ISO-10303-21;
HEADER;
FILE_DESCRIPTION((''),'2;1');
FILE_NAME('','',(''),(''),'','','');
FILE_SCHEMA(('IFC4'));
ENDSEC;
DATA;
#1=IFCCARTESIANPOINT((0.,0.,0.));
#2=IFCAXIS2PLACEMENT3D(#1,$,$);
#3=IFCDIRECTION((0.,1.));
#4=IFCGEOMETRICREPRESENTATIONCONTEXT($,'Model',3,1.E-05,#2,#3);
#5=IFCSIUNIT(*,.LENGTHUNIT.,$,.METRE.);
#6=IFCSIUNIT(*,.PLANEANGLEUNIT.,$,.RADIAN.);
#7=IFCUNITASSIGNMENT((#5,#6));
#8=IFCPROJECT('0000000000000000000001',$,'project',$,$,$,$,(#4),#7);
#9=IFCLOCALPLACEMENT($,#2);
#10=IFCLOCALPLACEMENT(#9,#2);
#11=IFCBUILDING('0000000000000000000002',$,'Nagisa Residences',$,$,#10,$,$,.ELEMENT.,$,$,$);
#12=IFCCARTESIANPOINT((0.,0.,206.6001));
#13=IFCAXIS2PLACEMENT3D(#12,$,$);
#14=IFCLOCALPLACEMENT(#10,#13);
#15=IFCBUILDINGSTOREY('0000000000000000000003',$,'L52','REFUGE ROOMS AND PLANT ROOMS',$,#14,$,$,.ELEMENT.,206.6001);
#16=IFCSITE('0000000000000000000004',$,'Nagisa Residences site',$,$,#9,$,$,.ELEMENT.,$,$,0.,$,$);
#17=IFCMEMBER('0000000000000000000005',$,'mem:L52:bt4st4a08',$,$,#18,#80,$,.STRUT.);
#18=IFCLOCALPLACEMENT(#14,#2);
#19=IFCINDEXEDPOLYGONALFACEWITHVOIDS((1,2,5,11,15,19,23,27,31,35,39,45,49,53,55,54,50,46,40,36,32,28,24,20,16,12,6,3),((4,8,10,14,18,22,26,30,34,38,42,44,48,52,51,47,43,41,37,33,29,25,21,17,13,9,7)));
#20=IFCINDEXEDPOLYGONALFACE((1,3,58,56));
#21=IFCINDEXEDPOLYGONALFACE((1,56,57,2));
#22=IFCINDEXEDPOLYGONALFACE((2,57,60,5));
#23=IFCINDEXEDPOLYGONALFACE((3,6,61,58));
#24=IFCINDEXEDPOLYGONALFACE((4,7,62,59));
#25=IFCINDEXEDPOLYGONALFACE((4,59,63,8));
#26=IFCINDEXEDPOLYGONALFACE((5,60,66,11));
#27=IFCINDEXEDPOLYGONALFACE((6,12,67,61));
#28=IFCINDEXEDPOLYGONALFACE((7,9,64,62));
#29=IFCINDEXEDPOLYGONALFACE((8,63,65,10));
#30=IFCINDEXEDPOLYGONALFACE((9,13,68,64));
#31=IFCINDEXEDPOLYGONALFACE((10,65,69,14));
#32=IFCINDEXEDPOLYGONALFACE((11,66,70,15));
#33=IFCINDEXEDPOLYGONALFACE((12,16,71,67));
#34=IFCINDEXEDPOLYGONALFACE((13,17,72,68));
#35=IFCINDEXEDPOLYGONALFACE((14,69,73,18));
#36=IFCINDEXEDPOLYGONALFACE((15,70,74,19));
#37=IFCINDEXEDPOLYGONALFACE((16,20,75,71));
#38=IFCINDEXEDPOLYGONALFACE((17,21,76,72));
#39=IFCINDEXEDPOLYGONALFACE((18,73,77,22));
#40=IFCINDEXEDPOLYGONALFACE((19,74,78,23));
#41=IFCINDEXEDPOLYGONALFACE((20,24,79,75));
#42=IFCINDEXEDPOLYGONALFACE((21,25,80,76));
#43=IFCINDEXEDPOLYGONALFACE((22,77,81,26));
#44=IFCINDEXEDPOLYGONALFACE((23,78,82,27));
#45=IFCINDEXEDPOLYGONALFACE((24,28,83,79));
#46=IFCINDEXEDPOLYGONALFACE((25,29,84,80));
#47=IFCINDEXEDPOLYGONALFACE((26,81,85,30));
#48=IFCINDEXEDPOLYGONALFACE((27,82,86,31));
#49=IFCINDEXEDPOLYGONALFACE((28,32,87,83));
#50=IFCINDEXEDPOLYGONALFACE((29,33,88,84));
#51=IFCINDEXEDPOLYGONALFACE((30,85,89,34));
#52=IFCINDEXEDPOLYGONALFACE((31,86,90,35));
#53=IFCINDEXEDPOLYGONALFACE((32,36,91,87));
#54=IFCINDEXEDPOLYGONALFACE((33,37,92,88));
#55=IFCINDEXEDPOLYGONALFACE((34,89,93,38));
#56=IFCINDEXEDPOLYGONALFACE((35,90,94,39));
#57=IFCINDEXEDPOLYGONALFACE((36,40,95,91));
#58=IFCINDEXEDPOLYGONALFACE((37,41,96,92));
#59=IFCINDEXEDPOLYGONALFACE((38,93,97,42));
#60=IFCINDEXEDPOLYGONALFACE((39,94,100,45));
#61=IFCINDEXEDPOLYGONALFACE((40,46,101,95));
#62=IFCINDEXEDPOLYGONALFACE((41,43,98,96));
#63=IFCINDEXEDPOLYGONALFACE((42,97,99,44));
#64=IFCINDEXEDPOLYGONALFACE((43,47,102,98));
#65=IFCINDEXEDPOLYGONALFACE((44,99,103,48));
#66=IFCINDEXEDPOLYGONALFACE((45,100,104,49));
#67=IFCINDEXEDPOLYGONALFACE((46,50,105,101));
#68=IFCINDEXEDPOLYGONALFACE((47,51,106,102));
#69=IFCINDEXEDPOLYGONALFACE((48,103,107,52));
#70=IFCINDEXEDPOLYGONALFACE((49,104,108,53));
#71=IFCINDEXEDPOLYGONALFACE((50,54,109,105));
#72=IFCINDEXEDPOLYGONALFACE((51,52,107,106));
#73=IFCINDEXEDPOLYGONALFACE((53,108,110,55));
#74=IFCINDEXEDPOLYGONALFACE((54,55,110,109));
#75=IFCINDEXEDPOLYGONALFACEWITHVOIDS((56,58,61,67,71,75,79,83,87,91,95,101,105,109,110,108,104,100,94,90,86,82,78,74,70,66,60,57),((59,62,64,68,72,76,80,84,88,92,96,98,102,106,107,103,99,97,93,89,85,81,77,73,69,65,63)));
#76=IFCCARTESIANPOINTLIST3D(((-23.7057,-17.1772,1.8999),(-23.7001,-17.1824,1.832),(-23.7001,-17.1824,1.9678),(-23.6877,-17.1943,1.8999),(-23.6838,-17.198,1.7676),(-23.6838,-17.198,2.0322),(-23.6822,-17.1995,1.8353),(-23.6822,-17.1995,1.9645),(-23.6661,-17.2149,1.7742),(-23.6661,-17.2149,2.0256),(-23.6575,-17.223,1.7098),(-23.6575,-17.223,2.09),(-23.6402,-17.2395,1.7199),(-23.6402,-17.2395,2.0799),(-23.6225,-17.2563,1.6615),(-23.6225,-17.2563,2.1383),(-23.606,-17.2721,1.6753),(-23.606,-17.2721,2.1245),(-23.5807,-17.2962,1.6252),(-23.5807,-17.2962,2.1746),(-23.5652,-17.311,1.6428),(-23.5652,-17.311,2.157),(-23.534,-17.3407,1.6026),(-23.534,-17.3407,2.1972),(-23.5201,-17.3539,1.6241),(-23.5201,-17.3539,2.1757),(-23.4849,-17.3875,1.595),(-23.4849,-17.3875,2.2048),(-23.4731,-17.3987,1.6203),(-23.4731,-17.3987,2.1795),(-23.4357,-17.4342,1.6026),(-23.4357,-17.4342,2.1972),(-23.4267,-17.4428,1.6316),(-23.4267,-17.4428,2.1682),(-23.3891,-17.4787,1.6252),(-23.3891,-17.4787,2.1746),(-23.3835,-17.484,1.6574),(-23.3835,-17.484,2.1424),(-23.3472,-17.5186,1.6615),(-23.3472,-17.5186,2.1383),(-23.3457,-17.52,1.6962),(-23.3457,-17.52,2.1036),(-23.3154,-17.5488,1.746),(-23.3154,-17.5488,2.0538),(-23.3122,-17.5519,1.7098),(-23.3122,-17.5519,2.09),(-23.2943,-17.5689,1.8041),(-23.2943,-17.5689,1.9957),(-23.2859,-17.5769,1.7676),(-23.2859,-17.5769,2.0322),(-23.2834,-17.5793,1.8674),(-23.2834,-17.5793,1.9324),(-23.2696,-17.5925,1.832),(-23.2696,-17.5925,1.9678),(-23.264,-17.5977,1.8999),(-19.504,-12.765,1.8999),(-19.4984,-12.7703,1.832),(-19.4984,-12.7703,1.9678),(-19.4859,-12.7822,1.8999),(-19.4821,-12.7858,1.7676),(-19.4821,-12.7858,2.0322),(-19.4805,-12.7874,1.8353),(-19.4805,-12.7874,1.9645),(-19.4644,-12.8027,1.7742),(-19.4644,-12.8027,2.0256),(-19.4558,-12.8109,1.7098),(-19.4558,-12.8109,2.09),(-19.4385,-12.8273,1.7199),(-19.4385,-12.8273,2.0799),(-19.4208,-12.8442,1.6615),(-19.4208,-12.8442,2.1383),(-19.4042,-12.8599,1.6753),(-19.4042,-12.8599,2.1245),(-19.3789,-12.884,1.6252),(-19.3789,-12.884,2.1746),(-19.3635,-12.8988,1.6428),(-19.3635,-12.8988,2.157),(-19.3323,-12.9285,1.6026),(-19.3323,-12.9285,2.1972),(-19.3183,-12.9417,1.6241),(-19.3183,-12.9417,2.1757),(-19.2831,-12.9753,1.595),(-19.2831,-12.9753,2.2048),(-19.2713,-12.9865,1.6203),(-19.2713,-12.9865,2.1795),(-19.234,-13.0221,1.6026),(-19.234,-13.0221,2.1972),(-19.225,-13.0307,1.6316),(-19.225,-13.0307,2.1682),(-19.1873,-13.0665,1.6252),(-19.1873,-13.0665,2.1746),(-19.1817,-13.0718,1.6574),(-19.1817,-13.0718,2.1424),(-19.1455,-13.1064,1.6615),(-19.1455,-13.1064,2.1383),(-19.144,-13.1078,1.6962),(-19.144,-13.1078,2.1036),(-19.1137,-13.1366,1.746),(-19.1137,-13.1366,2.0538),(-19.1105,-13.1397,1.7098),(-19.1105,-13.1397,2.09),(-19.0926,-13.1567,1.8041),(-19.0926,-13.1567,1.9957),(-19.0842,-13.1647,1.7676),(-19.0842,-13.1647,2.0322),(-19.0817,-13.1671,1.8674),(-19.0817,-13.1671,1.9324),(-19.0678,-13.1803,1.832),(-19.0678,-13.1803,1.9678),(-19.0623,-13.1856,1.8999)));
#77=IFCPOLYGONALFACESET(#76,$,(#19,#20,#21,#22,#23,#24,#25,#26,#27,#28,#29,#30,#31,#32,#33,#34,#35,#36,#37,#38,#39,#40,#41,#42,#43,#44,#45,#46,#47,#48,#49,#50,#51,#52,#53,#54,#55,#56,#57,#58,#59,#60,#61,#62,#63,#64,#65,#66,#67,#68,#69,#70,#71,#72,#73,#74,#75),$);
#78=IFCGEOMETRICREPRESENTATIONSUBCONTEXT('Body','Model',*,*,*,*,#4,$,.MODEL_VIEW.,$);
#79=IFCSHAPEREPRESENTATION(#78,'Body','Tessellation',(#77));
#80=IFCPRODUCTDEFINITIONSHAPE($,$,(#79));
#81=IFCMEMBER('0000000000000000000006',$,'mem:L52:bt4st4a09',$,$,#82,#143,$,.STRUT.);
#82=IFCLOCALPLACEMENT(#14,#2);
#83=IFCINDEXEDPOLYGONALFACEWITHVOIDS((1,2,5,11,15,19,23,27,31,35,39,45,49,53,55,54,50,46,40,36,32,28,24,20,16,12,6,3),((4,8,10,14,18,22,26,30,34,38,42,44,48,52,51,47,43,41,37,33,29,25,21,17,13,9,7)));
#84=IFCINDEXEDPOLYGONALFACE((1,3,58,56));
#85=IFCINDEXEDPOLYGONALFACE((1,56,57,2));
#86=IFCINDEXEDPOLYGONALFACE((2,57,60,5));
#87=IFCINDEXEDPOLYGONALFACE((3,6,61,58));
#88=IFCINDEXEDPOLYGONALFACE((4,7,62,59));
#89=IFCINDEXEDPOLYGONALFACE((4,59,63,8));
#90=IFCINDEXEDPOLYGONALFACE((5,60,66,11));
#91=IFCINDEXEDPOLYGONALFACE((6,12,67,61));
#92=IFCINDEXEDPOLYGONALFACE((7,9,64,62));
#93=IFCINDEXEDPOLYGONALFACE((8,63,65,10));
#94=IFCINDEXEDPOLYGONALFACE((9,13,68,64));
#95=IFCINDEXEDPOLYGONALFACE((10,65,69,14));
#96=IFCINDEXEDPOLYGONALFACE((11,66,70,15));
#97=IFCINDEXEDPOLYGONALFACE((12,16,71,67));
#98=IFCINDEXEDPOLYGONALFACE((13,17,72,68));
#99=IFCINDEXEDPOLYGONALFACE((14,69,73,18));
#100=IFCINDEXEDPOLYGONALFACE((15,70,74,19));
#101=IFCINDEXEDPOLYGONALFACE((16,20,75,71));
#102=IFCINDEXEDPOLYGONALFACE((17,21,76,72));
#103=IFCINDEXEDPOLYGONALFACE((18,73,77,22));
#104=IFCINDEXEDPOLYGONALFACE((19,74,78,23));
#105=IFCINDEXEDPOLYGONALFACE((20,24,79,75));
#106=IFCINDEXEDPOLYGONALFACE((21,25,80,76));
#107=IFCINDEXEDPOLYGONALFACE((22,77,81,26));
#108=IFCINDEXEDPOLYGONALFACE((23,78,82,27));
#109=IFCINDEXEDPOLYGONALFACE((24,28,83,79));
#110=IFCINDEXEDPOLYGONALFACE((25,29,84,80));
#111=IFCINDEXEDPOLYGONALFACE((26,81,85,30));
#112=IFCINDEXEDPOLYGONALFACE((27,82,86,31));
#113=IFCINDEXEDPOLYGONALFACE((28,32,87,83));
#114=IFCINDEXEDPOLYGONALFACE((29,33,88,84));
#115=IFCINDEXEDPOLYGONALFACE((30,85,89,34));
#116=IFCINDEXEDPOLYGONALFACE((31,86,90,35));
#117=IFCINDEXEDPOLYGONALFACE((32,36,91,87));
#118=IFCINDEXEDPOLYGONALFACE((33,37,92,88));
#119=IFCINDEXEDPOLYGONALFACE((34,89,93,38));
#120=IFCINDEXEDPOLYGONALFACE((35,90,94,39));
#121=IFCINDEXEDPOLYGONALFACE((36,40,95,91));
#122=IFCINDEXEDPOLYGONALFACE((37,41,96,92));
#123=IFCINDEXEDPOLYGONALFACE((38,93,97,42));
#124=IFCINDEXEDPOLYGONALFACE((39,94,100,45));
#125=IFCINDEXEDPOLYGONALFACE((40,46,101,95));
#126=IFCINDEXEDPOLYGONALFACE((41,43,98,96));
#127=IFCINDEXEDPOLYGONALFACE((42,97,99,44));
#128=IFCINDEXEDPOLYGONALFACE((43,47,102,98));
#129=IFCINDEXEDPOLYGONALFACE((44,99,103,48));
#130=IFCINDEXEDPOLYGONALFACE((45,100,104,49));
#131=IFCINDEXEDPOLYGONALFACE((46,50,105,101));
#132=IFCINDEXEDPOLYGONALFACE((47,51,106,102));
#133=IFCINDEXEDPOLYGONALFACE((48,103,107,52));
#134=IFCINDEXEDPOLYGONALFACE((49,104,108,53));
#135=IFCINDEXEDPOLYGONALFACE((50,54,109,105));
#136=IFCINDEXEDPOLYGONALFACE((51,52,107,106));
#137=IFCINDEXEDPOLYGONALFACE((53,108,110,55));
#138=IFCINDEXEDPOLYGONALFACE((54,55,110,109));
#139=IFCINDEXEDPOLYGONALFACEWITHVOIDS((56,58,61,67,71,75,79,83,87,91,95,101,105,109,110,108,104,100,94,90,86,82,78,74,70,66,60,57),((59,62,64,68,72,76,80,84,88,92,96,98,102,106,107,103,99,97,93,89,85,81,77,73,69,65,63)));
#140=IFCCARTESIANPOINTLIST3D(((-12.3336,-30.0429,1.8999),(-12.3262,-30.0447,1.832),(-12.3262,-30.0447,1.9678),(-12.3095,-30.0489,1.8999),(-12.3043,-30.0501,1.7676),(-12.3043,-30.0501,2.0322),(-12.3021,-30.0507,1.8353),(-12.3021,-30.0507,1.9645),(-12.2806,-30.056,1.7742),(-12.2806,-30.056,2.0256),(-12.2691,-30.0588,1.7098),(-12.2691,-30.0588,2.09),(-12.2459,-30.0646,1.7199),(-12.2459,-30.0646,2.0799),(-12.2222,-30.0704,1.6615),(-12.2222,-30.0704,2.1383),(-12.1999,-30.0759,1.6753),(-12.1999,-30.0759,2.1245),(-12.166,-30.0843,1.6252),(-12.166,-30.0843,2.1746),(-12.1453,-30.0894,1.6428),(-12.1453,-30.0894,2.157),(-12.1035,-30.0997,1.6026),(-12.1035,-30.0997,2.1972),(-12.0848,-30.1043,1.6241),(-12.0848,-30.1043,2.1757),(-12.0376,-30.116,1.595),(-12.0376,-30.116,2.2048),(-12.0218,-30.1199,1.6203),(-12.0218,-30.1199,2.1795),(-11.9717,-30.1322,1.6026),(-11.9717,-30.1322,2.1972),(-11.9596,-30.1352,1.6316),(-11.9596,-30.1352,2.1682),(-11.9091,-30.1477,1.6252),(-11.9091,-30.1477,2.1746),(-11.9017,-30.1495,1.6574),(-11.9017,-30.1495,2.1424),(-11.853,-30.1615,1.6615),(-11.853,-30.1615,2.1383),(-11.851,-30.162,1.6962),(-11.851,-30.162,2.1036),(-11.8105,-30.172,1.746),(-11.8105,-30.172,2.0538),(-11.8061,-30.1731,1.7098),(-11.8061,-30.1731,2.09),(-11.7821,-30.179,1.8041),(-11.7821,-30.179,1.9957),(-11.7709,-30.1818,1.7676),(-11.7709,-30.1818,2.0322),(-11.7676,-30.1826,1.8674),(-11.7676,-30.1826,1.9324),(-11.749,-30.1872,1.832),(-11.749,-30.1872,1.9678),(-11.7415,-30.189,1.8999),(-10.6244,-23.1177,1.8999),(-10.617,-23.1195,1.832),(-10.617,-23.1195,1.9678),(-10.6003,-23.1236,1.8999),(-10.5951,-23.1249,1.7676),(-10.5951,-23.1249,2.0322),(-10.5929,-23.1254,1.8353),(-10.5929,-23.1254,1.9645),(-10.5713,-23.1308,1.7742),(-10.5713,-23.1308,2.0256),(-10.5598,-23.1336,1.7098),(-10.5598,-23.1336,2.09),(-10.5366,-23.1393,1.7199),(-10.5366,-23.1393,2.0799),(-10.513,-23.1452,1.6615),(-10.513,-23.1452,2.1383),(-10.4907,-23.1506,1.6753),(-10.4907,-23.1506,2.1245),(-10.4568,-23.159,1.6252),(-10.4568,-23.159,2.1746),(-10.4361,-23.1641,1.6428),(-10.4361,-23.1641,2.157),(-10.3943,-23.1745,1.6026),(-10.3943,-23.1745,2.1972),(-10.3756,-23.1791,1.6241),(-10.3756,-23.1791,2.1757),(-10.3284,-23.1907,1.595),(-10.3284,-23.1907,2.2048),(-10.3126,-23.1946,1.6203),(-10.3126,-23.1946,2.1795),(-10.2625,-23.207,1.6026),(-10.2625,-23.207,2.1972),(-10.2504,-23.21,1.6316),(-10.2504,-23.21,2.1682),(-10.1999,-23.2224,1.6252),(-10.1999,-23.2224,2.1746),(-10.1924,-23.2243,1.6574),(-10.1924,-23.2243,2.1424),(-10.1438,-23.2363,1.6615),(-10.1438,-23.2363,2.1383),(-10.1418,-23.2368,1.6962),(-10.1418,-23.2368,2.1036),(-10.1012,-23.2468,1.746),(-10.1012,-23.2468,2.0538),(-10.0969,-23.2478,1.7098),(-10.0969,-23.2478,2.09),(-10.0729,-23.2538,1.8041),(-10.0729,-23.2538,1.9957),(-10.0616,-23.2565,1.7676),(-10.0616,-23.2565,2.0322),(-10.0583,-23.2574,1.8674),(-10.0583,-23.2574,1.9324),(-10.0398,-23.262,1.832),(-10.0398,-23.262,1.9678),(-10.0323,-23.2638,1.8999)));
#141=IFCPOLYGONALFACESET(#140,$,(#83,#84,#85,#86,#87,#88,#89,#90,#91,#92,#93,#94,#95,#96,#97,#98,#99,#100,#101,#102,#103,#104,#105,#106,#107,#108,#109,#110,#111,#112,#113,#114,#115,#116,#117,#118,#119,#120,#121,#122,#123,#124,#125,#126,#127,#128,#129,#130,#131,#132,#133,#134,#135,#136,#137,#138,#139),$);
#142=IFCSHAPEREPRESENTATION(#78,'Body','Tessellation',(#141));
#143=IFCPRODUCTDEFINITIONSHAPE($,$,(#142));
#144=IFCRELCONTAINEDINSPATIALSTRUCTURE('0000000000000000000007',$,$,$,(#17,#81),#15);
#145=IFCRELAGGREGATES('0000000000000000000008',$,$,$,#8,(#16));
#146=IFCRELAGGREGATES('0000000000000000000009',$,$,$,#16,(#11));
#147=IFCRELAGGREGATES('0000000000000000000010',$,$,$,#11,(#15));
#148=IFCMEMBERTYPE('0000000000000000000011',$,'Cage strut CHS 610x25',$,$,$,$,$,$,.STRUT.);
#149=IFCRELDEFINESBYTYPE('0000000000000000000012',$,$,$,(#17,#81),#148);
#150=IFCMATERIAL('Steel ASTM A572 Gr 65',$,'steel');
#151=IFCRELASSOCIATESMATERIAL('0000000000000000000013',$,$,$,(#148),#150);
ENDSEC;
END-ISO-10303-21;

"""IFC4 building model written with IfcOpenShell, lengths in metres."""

from ifc_helpers import new_model, si_unit, direction, frame, origin, origin_2d, place, context, subcontext, project, spatial, hollow_circle, extrude, material, material_profile, profile_set, type_object, element, save


model = new_model("IFC4")

# Units and contexts
model_context = context("Model", 3, precision=1e-05, world=origin(), true_north=direction((0.0, 1.0)))
body_context = subcontext(model_context, "Body", "Model", "MODEL_VIEW")
ifc_project = project(units=[si_unit("LENGTHUNIT", "METRE"), si_unit("PLANEANGLEUNIT", "RADIAN")], contexts=[model_context])

# Site, building, storey
site_placement = place(None, origin())
site = spatial("IfcSite", under=ifc_project, at=site_placement, Name="Nagisa Residences site", CompositionType="ELEMENT", RefElevation=0.0)
building_placement = place(site_placement, origin())
building = spatial("IfcBuilding", under=site, at=building_placement, Name="Nagisa Residences", CompositionType="ELEMENT")
storey_placement = place(building_placement, frame((0.0, 0.0, 206.6001)))
storey = spatial("IfcBuildingStorey", under=building, at=storey_placement, Name="L52", Description="REFUGE ROOMS AND PLANT ROOMS", CompositionType="ELEMENT", Elevation=206.6001)

# Members
ifc_material_1 = material(Name="Steel ASTM A572 Gr 65", Category="steel")
ifc_material_profile_1 = material_profile(ifc_material_1, hollow_circle(Radius=0.3049, WallThickness=0.0249, at=origin_2d()), Name="CHS 610x25")
ifc_profile_set_1 = profile_set([ifc_material_profile_1], Name="Steel ASTM A572 Gr 65")
member_type_1 = type_object("IfcMemberType", Name="Cage strut CHS 610x25", PredefinedType="STRUT", material=ifc_profile_set_1)
member_1_placement = place(storey_placement, frame((-23.4849, -17.3875, 1.8999), z_axis=(0.689625, 0.724167, 0.0), x_axis=(-0.724167, 0.689625, 0.0)))
element("IfcMember", 1, at=member_1_placement, inside=storey, type_object=member_type_1, Name="mem:L52:bt4st4a08", PredefinedType="STRUT", context=body_context, shape_type="SweptSolid", body=[
    extrude(hollow_circle(Radius=0.3049, WallThickness=0.0249, at=origin_2d()), origin(), (0.0, 0.0, 1.0), 6.0928),
])
member_2_placement = place(storey_placement, frame((-12.0376, -30.116, 1.8999), z_axis=(0.239619, 0.970867, 0.0), x_axis=(-0.970867, 0.239619, 0.0)))
element("IfcMember", 2, at=member_2_placement, inside=storey, type_object=member_type_1, Name="mem:L52:bt4st4a09", PredefinedType="STRUT", context=body_context, shape_type="SweptSolid", body=[
    extrude(hollow_circle(Radius=0.3049, WallThickness=0.0249, at=origin_2d()), origin(), (0.0, 0.0, 1.0), 7.1331),
])

save(model, "model.ifc")
